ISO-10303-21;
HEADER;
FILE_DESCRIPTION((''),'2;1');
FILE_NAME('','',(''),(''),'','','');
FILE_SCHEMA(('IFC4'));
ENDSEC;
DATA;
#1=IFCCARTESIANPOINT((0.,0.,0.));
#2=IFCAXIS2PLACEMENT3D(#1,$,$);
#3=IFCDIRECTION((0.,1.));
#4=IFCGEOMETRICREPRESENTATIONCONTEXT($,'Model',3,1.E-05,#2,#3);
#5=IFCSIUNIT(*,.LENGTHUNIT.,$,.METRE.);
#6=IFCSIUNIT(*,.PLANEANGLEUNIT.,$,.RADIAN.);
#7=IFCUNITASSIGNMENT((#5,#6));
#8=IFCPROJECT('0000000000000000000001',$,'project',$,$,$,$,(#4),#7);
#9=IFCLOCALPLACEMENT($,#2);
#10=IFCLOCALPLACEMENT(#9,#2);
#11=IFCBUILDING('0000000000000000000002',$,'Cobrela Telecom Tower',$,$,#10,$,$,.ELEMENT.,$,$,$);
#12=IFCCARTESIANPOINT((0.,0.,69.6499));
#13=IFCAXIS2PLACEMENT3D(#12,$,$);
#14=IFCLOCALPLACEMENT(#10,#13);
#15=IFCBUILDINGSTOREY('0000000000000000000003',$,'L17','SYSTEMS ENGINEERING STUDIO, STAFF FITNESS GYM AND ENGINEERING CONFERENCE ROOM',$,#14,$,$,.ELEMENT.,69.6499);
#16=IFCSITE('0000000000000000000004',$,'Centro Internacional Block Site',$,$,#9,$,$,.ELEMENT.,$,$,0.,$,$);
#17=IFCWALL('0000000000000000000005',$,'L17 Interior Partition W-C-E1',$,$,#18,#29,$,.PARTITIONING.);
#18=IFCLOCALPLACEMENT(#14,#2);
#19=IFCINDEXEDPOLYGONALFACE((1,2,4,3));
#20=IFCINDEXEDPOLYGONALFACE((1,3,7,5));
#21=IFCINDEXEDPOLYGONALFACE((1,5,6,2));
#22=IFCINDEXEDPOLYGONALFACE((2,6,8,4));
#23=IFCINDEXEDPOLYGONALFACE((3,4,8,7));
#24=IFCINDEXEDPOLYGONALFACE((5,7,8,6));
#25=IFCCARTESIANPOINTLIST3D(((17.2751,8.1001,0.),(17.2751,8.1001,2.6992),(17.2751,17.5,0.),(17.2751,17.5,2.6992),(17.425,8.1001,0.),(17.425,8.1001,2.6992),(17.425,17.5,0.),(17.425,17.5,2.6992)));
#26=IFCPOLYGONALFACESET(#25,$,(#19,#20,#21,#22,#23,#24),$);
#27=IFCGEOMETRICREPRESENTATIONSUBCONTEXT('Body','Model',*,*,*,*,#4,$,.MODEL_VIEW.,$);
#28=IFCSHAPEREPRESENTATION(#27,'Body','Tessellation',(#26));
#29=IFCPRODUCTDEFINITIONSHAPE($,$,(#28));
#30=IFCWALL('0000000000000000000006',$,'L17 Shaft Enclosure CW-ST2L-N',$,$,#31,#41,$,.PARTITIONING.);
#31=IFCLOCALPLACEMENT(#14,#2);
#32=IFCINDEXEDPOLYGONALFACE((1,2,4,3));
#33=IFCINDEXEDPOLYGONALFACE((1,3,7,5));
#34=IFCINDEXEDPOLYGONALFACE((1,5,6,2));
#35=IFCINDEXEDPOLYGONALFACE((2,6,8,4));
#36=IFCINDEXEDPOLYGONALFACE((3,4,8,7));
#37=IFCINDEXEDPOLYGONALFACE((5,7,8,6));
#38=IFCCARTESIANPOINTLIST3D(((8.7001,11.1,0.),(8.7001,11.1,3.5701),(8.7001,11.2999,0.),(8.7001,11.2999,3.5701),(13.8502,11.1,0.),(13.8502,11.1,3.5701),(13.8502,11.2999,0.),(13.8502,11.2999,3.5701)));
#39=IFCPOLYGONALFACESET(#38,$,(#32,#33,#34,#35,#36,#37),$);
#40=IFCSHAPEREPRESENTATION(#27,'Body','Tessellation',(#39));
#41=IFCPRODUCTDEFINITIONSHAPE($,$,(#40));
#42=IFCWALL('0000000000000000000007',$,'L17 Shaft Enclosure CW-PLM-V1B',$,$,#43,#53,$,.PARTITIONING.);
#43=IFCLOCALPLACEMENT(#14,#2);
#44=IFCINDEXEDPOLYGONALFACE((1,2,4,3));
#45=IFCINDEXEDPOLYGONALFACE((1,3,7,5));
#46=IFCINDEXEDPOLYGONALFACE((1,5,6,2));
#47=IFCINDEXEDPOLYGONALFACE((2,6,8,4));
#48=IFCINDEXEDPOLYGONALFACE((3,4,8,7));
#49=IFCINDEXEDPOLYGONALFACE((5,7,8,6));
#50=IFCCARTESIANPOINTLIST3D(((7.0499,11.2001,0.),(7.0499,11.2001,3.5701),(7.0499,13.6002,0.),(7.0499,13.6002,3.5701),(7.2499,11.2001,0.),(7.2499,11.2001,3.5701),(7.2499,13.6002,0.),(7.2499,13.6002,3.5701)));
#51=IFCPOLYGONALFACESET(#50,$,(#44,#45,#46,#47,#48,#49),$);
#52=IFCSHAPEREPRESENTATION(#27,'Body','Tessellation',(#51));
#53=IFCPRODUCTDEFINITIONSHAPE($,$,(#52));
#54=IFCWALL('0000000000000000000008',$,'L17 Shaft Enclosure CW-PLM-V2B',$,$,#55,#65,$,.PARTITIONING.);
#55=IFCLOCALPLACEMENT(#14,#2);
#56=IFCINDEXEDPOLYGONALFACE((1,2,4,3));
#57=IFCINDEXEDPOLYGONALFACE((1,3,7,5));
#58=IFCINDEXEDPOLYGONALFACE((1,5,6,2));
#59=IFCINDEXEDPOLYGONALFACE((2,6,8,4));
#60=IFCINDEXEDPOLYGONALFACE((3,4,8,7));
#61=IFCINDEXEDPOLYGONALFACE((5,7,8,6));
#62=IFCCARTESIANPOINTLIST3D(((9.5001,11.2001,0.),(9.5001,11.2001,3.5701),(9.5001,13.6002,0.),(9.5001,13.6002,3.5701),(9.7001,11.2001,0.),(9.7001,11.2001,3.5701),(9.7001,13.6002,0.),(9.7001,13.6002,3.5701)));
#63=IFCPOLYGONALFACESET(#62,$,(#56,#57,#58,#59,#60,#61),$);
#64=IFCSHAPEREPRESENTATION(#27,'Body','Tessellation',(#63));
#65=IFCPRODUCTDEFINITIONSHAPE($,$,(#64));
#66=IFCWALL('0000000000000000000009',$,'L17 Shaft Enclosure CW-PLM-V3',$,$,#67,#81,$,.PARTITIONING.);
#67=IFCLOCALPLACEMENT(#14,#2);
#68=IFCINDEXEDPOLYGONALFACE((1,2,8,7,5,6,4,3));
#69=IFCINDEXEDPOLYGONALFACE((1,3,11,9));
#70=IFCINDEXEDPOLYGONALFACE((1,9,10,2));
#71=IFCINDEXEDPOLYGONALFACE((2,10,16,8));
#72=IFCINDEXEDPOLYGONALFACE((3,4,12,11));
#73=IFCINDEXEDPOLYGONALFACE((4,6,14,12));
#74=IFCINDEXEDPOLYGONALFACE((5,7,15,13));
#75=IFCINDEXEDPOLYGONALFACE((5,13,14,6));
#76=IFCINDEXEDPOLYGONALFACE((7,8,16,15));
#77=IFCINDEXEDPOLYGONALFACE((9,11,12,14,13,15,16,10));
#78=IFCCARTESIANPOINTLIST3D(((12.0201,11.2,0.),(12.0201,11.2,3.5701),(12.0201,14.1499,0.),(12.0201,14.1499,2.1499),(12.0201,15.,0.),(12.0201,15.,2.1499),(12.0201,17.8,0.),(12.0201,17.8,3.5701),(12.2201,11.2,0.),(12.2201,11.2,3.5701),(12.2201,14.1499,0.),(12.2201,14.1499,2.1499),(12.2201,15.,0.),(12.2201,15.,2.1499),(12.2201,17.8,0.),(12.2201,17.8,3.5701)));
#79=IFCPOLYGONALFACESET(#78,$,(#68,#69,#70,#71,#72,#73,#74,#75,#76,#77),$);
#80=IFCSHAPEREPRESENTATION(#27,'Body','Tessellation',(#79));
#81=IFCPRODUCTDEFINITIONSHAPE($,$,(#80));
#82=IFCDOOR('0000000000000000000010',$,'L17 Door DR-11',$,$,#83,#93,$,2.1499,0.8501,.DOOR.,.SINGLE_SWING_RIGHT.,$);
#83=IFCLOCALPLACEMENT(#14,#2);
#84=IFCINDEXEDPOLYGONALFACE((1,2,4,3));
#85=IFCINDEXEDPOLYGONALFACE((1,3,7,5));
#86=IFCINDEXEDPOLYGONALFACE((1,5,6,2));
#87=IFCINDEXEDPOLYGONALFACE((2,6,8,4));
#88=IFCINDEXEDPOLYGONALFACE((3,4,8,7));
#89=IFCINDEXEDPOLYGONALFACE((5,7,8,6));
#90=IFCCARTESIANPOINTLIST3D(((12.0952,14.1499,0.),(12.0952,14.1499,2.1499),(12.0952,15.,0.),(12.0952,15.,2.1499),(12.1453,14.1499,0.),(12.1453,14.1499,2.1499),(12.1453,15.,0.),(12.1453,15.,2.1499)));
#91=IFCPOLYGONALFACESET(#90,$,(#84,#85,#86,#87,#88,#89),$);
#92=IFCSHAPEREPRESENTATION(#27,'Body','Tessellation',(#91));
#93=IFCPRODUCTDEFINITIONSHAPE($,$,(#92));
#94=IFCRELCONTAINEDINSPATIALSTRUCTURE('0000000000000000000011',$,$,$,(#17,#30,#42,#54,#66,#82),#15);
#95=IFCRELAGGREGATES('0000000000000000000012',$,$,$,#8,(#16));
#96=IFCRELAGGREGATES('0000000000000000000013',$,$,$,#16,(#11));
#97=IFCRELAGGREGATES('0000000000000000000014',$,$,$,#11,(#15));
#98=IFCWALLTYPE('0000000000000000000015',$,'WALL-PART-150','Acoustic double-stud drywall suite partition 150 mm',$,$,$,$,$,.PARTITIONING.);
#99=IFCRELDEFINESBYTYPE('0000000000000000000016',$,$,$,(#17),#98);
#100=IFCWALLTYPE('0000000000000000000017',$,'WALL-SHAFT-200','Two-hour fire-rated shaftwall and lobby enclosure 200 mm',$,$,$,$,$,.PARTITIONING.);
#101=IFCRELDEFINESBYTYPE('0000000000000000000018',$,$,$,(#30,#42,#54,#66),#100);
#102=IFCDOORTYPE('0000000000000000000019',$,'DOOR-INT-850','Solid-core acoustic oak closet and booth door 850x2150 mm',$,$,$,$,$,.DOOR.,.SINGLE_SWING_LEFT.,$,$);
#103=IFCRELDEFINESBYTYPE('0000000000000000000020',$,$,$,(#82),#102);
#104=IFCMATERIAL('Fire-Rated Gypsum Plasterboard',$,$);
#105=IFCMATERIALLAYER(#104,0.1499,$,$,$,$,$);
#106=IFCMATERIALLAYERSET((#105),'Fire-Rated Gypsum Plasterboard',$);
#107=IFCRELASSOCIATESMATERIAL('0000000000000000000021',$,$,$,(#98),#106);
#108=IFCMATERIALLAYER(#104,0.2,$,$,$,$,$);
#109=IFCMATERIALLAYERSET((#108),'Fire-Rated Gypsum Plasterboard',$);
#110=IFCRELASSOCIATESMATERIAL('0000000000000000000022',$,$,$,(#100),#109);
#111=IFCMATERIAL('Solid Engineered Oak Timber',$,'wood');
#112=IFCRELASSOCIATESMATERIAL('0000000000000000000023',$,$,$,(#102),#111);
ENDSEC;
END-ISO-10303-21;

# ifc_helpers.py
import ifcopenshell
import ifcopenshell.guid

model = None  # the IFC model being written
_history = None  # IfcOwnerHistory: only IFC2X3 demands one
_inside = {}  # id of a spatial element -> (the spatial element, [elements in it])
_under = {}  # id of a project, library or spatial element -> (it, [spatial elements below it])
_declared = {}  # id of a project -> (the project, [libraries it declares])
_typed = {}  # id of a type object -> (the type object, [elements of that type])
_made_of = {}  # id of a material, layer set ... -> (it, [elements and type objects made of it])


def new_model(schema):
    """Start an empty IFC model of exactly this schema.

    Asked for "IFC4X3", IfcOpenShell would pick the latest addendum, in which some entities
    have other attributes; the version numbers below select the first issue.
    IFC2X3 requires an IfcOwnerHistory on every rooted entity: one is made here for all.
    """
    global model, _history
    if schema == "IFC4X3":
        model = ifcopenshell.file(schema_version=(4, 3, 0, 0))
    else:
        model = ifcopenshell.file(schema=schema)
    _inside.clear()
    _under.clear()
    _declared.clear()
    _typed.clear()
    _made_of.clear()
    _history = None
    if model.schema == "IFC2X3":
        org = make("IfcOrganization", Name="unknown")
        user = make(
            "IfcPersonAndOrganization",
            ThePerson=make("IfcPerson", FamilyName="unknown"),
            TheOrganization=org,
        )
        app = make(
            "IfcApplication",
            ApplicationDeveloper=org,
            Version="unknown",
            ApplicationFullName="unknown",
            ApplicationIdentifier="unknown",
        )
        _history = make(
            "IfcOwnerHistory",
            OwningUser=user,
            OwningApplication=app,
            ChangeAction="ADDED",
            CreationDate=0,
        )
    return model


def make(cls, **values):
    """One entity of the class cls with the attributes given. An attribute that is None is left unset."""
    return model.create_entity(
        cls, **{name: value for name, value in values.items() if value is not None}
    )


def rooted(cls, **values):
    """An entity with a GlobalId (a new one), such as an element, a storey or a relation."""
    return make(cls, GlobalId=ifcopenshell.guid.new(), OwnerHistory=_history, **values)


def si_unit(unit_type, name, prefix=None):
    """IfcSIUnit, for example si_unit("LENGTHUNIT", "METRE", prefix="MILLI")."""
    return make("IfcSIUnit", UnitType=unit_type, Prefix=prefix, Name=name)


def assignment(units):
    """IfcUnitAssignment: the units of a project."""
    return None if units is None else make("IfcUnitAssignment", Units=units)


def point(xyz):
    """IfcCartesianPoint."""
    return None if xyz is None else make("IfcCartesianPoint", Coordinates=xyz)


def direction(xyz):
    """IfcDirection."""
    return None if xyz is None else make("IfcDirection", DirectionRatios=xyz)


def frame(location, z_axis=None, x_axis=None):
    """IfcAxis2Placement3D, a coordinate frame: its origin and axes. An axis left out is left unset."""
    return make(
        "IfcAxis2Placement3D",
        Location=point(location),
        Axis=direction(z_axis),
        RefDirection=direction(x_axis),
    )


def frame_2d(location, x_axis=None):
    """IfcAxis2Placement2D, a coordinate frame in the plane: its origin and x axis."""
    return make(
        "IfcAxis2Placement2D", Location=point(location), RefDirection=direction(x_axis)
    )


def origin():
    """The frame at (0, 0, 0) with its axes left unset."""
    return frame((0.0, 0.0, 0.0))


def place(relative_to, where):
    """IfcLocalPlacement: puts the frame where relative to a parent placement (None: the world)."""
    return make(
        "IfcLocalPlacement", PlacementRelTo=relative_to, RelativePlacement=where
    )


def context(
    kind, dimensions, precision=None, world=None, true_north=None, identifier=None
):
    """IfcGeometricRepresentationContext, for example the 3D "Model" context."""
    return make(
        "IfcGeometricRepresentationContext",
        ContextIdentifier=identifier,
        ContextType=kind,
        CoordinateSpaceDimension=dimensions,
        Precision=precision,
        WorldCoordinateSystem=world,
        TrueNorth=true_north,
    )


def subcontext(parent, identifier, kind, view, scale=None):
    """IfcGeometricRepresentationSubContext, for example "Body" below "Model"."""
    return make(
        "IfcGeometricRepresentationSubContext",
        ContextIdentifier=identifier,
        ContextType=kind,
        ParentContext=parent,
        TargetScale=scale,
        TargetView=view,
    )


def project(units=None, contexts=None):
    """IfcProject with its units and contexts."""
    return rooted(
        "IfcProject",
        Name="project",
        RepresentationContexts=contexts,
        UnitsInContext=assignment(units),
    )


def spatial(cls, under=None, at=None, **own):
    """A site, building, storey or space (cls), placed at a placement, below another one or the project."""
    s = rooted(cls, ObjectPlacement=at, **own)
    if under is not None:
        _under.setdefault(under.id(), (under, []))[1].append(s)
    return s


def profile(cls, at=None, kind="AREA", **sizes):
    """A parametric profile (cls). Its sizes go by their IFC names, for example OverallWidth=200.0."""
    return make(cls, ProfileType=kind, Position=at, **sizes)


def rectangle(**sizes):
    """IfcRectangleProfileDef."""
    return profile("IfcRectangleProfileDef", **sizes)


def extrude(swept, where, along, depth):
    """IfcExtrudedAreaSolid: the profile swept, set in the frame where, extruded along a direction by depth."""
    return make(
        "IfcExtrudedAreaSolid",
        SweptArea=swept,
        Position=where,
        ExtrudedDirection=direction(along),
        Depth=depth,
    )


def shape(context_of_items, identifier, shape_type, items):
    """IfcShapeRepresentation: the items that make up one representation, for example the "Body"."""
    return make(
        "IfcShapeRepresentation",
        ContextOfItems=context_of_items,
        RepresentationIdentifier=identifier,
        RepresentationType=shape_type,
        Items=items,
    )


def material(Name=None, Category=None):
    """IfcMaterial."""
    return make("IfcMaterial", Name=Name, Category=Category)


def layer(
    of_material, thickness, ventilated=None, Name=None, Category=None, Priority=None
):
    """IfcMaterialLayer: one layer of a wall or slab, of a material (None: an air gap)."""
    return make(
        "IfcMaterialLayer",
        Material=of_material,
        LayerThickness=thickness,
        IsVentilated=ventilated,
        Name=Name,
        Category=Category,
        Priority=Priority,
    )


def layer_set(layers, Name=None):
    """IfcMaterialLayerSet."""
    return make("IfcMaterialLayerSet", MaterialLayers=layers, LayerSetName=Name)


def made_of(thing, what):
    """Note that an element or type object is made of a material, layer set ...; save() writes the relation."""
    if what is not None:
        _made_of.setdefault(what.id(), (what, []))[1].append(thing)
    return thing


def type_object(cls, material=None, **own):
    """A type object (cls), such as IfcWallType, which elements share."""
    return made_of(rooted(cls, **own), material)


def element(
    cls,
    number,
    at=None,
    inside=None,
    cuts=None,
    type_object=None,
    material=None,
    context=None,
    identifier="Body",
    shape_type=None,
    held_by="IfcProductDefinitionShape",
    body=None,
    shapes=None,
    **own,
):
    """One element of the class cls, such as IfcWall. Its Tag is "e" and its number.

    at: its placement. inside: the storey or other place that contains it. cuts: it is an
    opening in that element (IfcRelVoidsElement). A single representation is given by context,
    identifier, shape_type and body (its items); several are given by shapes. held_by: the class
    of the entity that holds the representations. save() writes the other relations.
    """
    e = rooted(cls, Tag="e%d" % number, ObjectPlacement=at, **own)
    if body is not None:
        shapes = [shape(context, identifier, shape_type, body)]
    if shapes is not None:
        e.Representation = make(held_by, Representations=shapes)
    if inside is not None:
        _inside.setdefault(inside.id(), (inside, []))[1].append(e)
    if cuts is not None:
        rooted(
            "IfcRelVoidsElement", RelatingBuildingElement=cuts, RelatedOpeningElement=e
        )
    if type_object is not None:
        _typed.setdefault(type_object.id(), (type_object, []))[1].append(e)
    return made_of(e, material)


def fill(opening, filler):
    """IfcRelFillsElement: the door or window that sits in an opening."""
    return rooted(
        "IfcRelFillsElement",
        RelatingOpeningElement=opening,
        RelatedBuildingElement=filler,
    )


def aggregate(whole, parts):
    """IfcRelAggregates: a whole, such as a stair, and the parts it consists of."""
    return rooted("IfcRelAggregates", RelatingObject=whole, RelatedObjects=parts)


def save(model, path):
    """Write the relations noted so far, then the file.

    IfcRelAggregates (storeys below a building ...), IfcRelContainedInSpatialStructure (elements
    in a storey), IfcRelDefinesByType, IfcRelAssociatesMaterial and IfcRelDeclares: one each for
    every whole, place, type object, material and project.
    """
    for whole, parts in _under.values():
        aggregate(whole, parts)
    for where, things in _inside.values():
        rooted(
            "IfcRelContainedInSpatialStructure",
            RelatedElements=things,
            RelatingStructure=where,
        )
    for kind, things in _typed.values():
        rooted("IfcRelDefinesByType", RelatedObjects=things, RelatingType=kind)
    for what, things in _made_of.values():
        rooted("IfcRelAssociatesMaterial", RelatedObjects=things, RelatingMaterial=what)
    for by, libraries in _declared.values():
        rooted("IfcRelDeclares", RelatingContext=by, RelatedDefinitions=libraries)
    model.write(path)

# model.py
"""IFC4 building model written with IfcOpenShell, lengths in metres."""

from ifc_helpers import new_model, si_unit, direction, frame, frame_2d, origin, place, context, subcontext, project, spatial, rectangle, extrude, material, layer, layer_set, type_object, element, fill, save


model = new_model("IFC4")

# Units and contexts
model_context = context("Model", 3, precision=1e-05, world=origin(), true_north=direction((0.0, 1.0)))
body_context = subcontext(model_context, "Body", "Model", "MODEL_VIEW")
ifc_project = project(units=[si_unit("LENGTHUNIT", "METRE"), si_unit("PLANEANGLEUNIT", "RADIAN")], contexts=[model_context])

# Site, building, storey
site_placement = place(None, origin())
site = spatial("IfcSite", under=ifc_project, at=site_placement, Name="Centro Internacional Block Site", CompositionType="ELEMENT", RefElevation=0.0)
building_placement = place(site_placement, origin())
building = spatial("IfcBuilding", under=site, at=building_placement, Name="Cobrela Telecom Tower", CompositionType="ELEMENT")
storey_placement = place(building_placement, frame((0.0, 0.0, 69.6499)))
storey = spatial("IfcBuildingStorey", under=building, at=storey_placement, Name="L17", Description="SYSTEMS ENGINEERING STUDIO, STAFF FITNESS GYM AND ENGINEERING CONFERENCE ROOM", CompositionType="ELEMENT", Elevation=69.6499)

# Shared definitions
ifc_material_1 = material(Name="Fire-Rated Gypsum Plasterboard")
ifc_layer_1 = layer(ifc_material_1, 0.1499)
ifc_layer_set_1 = layer_set([ifc_layer_1], Name="Fire-Rated Gypsum Plasterboard")
wall_type_1 = type_object("IfcWallType", Name="WALL-PART-150", Description="Acoustic double-stud drywall suite partition 150 mm", PredefinedType="PARTITIONING", material=ifc_layer_set_1)
ifc_material_2 = material(Name="Solid Engineered Oak Timber", Category="wood")

# Walls
wall_1_placement = place(storey_placement, frame((17.3501, 8.1001, 0.0), z_axis=(0.0, 0.0, 1.0), x_axis=(0.0, 1.0, 0.0)))
element("IfcWall", 1, at=wall_1_placement, inside=storey, type_object=wall_type_1, Name="L17 Interior Partition W-C-E1", PredefinedType="PARTITIONING", context=body_context, shape_type="SweptSolid", body=[
    extrude(rectangle(XDim=9.3999, YDim=0.1499, at=frame_2d((4.7, 0.0))), origin(), (0.0, 0.0, 1.0), 2.6992),
])
ifc_layer_2 = layer(ifc_material_1, 0.2)
ifc_layer_set_2 = layer_set([ifc_layer_2], Name="Fire-Rated Gypsum Plasterboard")
wall_type_2 = type_object("IfcWallType", Name="WALL-SHAFT-200", Description="Two-hour fire-rated shaftwall and lobby enclosure 200 mm", PredefinedType="PARTITIONING", material=ifc_layer_set_2)
wall_2_placement = place(storey_placement, frame((8.7, 11.2, 0.0), z_axis=(0.0, 0.0, 1.0), x_axis=(1.0, 0.0, 0.0)))
element("IfcWall", 2, at=wall_2_placement, inside=storey, type_object=wall_type_2, Name="L17 Shaft Enclosure CW-ST2L-N", PredefinedType="PARTITIONING", context=body_context, shape_type="SweptSolid", body=[
    extrude(rectangle(XDim=5.1501, YDim=0.2, at=frame_2d((2.5752, 0.0))), origin(), (0.0, 0.0, 1.0), 3.5701),
])
for number, where, z_axis, x_axis, name in (
    (3, (7.1499, 11.2, 0.0), (0.0, 0.0, 1.0), (0.0, 1.0, 0.0), "L17 Shaft Enclosure CW-PLM-V1B"),
    (4, (9.6001, 11.2, 0.0), (0.0, 0.0, 1.0), (0.0, 1.0, 0.0), "L17 Shaft Enclosure CW-PLM-V2B"),
):
    element("IfcWall", number, at=place(storey_placement, frame(where, z_axis=z_axis, x_axis=x_axis)), inside=storey, type_object=wall_type_2, Name=name, PredefinedType="PARTITIONING", context=body_context, shape_type="SweptSolid", body=[
        extrude(rectangle(XDim=2.4001, YDim=0.2, at=frame_2d((1.2002, 0.0))), origin(), (0.0, 0.0, 1.0), 3.5701),
    ])

# Wall, opening, door
wall_3_placement = place(storey_placement, frame((12.1201, 11.2, 0.0), z_axis=(0.0, 0.0, 1.0), x_axis=(0.0, 1.0, 0.0)))
wall_3 = element("IfcWall", 5, at=wall_3_placement, inside=storey, type_object=wall_type_2, Name="L17 Shaft Enclosure CW-PLM-V3", PredefinedType="PARTITIONING", context=body_context, shape_type="SweptSolid", body=[
    extrude(rectangle(XDim=6.6001, YDim=0.2, at=frame_2d((3.3, 0.0))), origin(), (0.0, 0.0, 1.0), 3.5701),
])
opening_1_placement = place(wall_3_placement, frame((2.95, 0.0, 0.0)))
opening_1 = element("IfcOpeningElement", 6, at=opening_1_placement, cuts=wall_3, PredefinedType="OPENING", context=body_context, shape_type="SweptSolid", body=[
    extrude(rectangle(XDim=0.8501, YDim=2.1499, at=frame_2d((0.425, 1.075))), frame((0.0, 0.1118, 0.0), z_axis=(0.0, -1.0, 0.0), x_axis=(1.0, 0.0, 0.0)), (0.0, 0.0, 1.0), 0.2239),
])
door_type_1 = type_object("IfcDoorType", Name="DOOR-INT-850", Description="Solid-core acoustic oak closet and booth door 850x2150 mm", OperationType="SINGLE_SWING_LEFT", PredefinedType="DOOR", material=ifc_material_2)
door_1_placement = place(opening_1_placement, origin())
door_1 = element("IfcDoor", 7, at=door_1_placement, inside=storey, type_object=door_type_1, Name="L17 Door DR-11", OperationType="SINGLE_SWING_RIGHT", OverallHeight=2.1499, OverallWidth=0.8501, PredefinedType="DOOR", context=body_context, shape_type="SweptSolid", body=[
    extrude(rectangle(XDim=0.8501, YDim=2.1499, at=frame_2d((0.425, 1.075))), frame((0.0, 0.0249, 0.0), z_axis=(0.0, -1.0, 0.0), x_axis=(1.0, 0.0, 0.0)), (0.0, 0.0, 1.0), 0.05),
])
fill(opening_1, door_1)

save(model, "model.ifc")
